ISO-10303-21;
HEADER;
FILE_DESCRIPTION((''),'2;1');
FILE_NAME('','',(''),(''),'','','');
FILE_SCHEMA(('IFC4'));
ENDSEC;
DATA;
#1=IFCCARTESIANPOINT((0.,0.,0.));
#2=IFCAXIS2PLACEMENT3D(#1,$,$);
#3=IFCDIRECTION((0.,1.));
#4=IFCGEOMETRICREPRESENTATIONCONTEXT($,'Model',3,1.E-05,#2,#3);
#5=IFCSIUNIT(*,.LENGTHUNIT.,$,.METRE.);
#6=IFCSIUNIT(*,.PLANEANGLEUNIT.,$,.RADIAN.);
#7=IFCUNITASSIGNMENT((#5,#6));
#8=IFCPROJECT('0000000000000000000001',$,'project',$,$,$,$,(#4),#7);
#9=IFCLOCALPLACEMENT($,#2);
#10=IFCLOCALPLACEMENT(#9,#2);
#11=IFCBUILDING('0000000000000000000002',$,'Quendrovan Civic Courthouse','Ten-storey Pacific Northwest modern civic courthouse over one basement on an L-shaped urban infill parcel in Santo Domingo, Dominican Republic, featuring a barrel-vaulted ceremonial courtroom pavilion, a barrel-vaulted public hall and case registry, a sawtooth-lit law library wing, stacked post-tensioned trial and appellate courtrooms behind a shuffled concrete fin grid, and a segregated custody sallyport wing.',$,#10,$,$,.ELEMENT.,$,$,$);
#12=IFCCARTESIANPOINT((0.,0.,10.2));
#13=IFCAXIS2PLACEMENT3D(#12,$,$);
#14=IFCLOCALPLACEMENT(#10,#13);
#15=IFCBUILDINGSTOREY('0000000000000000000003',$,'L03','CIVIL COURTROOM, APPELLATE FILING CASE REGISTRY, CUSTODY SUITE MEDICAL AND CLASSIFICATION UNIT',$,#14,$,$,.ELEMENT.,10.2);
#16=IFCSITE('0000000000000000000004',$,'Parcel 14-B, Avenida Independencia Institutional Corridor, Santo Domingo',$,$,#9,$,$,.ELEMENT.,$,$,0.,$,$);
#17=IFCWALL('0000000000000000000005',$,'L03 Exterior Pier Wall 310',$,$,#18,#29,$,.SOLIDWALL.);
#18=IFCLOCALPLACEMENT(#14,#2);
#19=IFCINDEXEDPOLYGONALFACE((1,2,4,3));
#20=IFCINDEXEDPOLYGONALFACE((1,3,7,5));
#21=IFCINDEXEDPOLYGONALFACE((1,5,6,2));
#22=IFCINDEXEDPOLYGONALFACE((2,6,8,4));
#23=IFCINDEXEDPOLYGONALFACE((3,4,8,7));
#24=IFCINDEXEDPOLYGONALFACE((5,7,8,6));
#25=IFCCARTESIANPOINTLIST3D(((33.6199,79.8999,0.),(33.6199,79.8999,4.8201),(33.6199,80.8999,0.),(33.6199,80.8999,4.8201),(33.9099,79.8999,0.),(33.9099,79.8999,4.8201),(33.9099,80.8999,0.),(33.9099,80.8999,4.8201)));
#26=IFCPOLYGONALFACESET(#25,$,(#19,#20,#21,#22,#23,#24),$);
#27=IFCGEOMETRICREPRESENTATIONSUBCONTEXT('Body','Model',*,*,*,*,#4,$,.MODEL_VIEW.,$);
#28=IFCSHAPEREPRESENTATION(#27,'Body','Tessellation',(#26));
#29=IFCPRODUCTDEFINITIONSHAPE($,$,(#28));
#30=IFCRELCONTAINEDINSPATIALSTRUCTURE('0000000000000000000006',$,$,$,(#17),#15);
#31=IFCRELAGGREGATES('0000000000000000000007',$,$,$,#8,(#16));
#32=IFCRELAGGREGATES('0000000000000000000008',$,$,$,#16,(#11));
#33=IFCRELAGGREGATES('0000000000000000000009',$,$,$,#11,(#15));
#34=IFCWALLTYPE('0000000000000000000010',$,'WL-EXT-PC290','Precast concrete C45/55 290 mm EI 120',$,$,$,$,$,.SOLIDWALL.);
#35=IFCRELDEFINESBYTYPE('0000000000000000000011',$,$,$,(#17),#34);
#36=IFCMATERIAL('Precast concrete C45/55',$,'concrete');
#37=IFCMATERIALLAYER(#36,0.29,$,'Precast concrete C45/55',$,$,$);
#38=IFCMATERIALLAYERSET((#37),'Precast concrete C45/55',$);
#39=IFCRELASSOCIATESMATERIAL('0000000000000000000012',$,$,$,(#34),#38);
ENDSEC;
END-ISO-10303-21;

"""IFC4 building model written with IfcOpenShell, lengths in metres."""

from ifc_helpers import new_model, si_unit, direction, frame, frame_2d, origin, place, context, subcontext, project, spatial, rectangle, extrude, material, layer, layer_set, type_object, element, save


model = new_model("IFC4")

# Units and contexts
model_context = context("Model", 3, precision=1e-05, world=origin(), true_north=direction((0.0, 1.0)))
body_context = subcontext(model_context, "Body", "Model", "MODEL_VIEW")
ifc_project = project(units=[si_unit("LENGTHUNIT", "METRE"), si_unit("PLANEANGLEUNIT", "RADIAN")], contexts=[model_context])

# Site, building, storey
site_placement = place(None, origin())
site = spatial("IfcSite", under=ifc_project, at=site_placement, Name="Parcel 14-B, Avenida Independencia Institutional Corridor, Santo Domingo", CompositionType="ELEMENT", RefElevation=0.0)
building_placement = place(site_placement, origin())
building = spatial("IfcBuilding", under=site, at=building_placement, Name="Quendrovan Civic Courthouse", Description="Ten-storey Pacific Northwest modern civic courthouse over one basement on an L-shaped urban infill parcel in Santo Domingo, Dominican Republic, featuring a barrel-vaulted ceremonial courtroom pavilion, a barrel-vaulted public hall and case registry, a sawtooth-lit law library wing, stacked post-tensioned trial and appellate courtrooms behind a shuffled concrete fin grid, and a segregated custody sallyport wing.", CompositionType="ELEMENT")
storey_placement = place(building_placement, frame((0.0, 0.0, 10.2)))
storey = spatial("IfcBuildingStorey", under=building, at=storey_placement, Name="L03", Description="CIVIL COURTROOM, APPELLATE FILING CASE REGISTRY, CUSTODY SUITE MEDICAL AND CLASSIFICATION UNIT", CompositionType="ELEMENT", Elevation=10.2)

# Wall
ifc_material_1 = material(Name="Precast concrete C45/55", Category="concrete")
ifc_layer_1 = layer(ifc_material_1, 0.29, Name="Precast concrete C45/55")
ifc_layer_set_1 = layer_set([ifc_layer_1], Name="Precast concrete C45/55")
wall_type = type_object("IfcWallType", Name="WL-EXT-PC290", Description="Precast concrete C45/55 290 mm EI 120", PredefinedType="SOLIDWALL", material=ifc_layer_set_1)
wall_placement = place(storey_placement, frame((33.7649, 79.8999, 0.0), z_axis=(0.0, 0.0, 1.0), x_axis=(0.0, 1.0, 0.0)))
element("IfcWall", 1, at=wall_placement, inside=storey, type_object=wall_type, Name="L03 Exterior Pier Wall 310", PredefinedType="SOLIDWALL", context=body_context, shape_type="SweptSolid", body=[
    extrude(rectangle(XDim=1.0, YDim=0.29, at=frame_2d((0.5, 0.0))), origin(), (0.0, 0.0, 1.0), 4.8201),
])

save(model, "model.ifc")
